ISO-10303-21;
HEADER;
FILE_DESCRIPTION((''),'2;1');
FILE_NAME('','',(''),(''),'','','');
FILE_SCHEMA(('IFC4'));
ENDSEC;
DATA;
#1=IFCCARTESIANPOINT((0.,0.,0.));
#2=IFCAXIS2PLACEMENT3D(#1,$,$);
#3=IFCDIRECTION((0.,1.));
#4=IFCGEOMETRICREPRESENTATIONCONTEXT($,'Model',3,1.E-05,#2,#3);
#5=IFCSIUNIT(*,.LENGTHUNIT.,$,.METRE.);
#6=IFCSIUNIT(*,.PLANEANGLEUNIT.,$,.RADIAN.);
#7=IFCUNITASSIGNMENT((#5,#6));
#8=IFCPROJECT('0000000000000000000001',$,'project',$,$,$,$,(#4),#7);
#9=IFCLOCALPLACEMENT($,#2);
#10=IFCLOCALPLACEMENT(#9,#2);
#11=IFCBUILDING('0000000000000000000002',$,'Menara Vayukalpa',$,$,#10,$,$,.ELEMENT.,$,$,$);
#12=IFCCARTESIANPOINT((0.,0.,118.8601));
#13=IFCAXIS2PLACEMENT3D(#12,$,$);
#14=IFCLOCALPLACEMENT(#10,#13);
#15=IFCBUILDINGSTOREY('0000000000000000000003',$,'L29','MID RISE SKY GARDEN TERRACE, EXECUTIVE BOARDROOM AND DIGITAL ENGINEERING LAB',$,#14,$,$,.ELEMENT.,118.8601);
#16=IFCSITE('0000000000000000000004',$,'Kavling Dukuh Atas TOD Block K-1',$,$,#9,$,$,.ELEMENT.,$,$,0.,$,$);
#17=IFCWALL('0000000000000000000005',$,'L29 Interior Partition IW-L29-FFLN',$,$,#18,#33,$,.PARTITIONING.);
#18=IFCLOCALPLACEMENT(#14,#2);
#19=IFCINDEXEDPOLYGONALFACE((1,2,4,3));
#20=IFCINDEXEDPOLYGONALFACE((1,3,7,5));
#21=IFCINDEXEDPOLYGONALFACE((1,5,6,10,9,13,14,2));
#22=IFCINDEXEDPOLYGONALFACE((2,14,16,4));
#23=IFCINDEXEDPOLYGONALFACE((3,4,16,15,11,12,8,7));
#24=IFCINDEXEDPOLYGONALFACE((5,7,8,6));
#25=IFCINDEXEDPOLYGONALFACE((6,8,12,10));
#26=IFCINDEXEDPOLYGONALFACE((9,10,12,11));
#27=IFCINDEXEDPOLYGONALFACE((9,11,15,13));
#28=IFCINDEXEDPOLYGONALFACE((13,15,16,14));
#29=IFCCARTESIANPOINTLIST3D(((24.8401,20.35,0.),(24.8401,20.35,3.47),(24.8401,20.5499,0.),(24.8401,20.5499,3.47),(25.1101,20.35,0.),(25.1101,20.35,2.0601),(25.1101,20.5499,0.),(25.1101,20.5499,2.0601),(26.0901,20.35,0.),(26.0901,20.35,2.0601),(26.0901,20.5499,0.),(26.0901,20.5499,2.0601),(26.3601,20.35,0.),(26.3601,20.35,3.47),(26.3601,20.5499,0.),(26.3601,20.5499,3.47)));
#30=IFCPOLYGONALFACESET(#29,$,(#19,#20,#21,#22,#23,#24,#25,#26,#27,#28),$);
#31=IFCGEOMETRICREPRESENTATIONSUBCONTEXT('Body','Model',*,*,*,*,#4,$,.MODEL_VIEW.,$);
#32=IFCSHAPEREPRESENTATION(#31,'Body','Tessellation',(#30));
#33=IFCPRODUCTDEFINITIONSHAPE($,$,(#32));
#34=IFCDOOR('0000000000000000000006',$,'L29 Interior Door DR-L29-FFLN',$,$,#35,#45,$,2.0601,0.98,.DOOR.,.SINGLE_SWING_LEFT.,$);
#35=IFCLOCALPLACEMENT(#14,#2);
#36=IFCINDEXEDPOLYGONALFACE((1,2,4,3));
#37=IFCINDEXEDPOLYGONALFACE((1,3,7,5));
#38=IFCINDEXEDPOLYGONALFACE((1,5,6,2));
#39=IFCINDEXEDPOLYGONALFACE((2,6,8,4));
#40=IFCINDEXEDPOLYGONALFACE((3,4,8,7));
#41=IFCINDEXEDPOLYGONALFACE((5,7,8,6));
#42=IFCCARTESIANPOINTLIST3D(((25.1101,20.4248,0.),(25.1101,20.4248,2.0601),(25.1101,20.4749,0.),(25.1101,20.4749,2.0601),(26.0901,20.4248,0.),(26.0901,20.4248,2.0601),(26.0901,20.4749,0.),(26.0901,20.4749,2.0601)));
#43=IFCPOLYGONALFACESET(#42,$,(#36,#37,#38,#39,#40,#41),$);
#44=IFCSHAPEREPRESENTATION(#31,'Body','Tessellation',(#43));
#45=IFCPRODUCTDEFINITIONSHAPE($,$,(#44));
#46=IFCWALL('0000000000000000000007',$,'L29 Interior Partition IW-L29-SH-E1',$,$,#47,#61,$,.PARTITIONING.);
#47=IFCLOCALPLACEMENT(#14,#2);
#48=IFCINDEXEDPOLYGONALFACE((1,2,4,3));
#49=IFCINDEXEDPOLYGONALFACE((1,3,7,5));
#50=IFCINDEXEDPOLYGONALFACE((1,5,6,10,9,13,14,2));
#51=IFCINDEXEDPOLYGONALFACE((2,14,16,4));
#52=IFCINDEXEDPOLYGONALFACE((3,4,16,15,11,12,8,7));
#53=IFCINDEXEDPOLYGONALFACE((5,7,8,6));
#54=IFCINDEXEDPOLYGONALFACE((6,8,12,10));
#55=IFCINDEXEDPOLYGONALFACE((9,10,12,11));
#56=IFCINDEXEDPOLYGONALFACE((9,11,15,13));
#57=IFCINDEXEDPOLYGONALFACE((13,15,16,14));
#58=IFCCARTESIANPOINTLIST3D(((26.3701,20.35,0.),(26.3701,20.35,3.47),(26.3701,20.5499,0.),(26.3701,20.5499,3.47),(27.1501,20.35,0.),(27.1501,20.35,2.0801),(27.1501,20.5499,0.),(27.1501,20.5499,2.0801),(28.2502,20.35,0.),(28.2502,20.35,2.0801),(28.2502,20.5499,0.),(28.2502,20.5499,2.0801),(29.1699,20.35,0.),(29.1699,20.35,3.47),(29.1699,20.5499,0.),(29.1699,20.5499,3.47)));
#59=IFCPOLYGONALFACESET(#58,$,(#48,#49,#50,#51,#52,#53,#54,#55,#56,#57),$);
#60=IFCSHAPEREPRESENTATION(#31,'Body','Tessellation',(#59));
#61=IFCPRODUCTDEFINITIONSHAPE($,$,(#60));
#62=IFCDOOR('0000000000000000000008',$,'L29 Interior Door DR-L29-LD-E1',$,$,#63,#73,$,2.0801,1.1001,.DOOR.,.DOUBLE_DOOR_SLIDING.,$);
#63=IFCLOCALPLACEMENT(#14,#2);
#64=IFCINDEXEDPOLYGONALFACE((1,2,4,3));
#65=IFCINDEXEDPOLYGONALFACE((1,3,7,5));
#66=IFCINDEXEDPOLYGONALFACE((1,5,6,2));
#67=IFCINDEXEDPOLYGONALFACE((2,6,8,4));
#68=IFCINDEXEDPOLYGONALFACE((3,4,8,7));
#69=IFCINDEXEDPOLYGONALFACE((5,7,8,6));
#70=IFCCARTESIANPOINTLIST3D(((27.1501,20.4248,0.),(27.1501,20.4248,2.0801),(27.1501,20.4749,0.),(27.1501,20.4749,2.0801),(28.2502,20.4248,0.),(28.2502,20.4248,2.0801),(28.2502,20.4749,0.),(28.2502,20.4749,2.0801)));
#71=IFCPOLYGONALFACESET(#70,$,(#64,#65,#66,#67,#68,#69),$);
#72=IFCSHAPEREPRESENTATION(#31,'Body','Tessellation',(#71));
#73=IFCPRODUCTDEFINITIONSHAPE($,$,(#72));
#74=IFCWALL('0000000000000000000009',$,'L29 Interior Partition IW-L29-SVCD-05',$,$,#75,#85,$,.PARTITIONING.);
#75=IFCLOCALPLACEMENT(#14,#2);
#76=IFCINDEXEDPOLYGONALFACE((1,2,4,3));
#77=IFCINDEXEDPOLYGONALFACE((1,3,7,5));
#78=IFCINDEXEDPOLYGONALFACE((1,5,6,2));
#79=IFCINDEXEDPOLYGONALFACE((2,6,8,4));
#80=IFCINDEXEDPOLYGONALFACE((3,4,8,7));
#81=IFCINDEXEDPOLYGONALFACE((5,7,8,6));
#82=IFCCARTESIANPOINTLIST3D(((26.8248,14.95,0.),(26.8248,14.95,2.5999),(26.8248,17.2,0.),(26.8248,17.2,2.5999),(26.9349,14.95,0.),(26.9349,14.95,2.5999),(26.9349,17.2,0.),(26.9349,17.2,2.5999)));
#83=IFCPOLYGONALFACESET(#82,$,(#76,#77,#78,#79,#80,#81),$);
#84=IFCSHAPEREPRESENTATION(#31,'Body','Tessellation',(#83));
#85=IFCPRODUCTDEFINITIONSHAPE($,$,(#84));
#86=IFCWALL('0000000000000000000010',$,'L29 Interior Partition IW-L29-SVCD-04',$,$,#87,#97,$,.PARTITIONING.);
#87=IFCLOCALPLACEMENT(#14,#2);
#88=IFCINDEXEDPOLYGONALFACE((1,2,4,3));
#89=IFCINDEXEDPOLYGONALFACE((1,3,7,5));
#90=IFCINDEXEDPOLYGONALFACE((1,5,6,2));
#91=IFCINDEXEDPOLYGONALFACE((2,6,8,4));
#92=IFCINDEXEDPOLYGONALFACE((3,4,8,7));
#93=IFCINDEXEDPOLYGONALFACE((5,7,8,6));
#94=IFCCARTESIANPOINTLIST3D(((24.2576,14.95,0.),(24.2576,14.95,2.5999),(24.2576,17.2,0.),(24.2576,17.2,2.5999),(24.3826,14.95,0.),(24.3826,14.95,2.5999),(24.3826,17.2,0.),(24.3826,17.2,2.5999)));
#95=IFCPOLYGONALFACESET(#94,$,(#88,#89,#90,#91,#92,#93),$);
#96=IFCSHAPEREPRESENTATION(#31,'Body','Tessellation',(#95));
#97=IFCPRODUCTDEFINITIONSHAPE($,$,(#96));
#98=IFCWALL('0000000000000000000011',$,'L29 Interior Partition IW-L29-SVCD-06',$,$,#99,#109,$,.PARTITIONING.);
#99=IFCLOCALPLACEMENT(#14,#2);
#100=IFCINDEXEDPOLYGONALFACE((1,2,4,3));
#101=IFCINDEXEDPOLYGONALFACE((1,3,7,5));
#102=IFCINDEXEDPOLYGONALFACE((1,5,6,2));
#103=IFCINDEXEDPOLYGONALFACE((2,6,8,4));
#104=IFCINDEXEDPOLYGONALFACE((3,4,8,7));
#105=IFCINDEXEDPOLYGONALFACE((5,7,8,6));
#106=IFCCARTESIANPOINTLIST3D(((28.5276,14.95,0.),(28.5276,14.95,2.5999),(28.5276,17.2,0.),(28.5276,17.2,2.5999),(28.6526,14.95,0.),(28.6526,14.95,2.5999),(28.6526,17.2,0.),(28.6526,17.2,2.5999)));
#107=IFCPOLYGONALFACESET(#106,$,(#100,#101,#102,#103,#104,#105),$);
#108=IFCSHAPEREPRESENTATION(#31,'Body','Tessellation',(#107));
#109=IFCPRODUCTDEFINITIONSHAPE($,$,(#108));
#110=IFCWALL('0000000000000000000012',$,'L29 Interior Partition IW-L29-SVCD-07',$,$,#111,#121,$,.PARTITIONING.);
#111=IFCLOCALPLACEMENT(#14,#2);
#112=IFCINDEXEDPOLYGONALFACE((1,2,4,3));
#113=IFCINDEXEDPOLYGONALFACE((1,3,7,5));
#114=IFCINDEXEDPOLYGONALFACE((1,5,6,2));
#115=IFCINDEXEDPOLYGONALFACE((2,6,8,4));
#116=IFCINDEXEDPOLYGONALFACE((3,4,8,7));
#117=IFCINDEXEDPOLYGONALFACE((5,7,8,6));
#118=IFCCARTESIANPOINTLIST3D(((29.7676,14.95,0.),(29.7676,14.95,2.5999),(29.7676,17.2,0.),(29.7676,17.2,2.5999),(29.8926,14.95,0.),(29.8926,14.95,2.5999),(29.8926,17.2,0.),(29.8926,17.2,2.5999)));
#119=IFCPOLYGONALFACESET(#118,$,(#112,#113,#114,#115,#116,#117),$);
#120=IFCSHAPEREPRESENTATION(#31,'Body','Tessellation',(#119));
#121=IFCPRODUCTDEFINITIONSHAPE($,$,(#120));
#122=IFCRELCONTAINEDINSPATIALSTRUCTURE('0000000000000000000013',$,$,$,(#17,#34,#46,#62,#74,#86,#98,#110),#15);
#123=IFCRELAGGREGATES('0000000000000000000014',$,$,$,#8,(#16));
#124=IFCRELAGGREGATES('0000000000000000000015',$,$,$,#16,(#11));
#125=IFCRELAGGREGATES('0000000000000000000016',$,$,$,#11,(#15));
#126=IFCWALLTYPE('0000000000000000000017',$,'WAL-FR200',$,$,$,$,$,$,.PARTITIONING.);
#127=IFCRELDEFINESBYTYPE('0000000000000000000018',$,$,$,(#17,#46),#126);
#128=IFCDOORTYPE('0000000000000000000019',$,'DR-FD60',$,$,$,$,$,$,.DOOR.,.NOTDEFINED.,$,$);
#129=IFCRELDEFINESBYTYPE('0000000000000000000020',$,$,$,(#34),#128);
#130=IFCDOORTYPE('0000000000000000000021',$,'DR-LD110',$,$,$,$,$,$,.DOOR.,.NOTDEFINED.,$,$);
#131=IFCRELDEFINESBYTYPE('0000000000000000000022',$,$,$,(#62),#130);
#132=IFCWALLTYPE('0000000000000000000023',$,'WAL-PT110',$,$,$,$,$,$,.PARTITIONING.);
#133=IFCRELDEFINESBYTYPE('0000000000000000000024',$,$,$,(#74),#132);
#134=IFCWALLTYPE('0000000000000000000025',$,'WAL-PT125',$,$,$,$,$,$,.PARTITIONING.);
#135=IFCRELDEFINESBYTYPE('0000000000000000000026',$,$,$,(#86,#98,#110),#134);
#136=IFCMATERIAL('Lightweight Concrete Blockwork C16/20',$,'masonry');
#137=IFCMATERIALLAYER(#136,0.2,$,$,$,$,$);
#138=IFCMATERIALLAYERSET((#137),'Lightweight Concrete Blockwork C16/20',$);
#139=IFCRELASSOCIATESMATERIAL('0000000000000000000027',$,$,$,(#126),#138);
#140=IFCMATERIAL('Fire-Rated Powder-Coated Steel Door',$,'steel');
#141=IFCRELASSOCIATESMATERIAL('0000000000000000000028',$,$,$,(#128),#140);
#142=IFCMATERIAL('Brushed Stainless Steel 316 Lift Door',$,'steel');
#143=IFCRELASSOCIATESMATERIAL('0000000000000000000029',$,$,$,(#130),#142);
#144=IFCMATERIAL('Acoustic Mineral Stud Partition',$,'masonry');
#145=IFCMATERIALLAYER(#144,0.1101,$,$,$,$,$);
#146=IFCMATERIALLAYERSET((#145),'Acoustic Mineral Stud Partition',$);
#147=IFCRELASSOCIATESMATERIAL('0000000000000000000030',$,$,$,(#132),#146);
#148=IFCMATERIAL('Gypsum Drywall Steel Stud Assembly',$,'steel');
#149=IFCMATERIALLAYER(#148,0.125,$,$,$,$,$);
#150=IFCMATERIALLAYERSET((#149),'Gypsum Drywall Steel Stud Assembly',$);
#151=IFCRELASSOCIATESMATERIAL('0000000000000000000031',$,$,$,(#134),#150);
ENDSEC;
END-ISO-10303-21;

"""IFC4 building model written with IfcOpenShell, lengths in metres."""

from ifc_helpers import new_model, si_unit, direction, frame, frame_2d, origin, place, context, subcontext, project, spatial, rectangle, extrude, material, layer, layer_set, type_object, element, fill, save


model = new_model("IFC4")

# Units and contexts
model_context = context("Model", 3, precision=1e-05, world=origin(), true_north=direction((0.0, 1.0)))
body_context = subcontext(model_context, "Body", "Model", "MODEL_VIEW")
ifc_project = project(units=[si_unit("LENGTHUNIT", "METRE"), si_unit("PLANEANGLEUNIT", "RADIAN")], contexts=[model_context])

# Site, building, storey
site_placement = place(None, origin())
site = spatial("IfcSite", under=ifc_project, at=site_placement, Name="Kavling Dukuh Atas TOD Block K-1", CompositionType="ELEMENT", RefElevation=0.0)
building_placement = place(site_placement, origin())
building = spatial("IfcBuilding", under=site, at=building_placement, Name="Menara Vayukalpa", CompositionType="ELEMENT")
storey_placement = place(building_placement, frame((0.0, 0.0, 118.8601)))
storey = spatial("IfcBuildingStorey", under=building, at=storey_placement, Name="L29", Description="MID RISE SKY GARDEN TERRACE, EXECUTIVE BOARDROOM AND DIGITAL ENGINEERING LAB", CompositionType="ELEMENT", Elevation=118.8601)

# Walls, openings, doors
ifc_material_1 = material(Name="Lightweight Concrete Blockwork C16/20", Category="masonry")
ifc_layer_1 = layer(ifc_material_1, 0.2)
ifc_layer_set_1 = layer_set([ifc_layer_1], Name="Lightweight Concrete Blockwork C16/20")
wall_type_1 = type_object("IfcWallType", Name="WAL-FR200", PredefinedType="PARTITIONING", material=ifc_layer_set_1)
wall_1_placement = place(storey_placement, frame((24.8401, 20.45, 0.0), z_axis=(0.0, 0.0, 1.0), x_axis=(1.0, 0.0, 0.0)))
wall_1 = element("IfcWall", 1, at=wall_1_placement, inside=storey, type_object=wall_type_1, Name="L29 Interior Partition IW-L29-FFLN", PredefinedType="PARTITIONING", context=body_context, shape_type="SweptSolid", body=[
    extrude(rectangle(XDim=1.52, YDim=0.2, at=frame_2d((0.76, 0.0))), origin(), (0.0, 0.0, 1.0), 3.47),
])
opening_1_placement = place(wall_1_placement, frame((0.27, 0.0, 0.0)))
opening_1 = element("IfcOpeningElement", 2, at=opening_1_placement, cuts=wall_1, PredefinedType="OPENING", context=body_context, shape_type="SweptSolid", body=[
    extrude(rectangle(XDim=0.98, YDim=2.0601, at=frame_2d((0.49, 1.03))), frame((0.0, 0.1099, 0.0), z_axis=(0.0, -1.0, 0.0), x_axis=(1.0, 0.0, 0.0)), (0.0, 0.0, 1.0), 0.22),
])
ifc_material_2 = material(Name="Fire-Rated Powder-Coated Steel Door", Category="steel")
door_type_1 = type_object("IfcDoorType", Name="DR-FD60", OperationType="NOTDEFINED", PredefinedType="DOOR", material=ifc_material_2)
door_1_placement = place(opening_1_placement, origin())
door_1 = element("IfcDoor", 3, at=door_1_placement, inside=storey, type_object=door_type_1, Name="L29 Interior Door DR-L29-FFLN", OperationType="SINGLE_SWING_LEFT", OverallHeight=2.0601, OverallWidth=0.98, PredefinedType="DOOR", context=body_context, shape_type="SweptSolid", body=[
    extrude(rectangle(XDim=0.98, YDim=2.0601, at=frame_2d((0.49, 1.03))), frame((0.0, 0.0249, 0.0), z_axis=(0.0, -1.0, 0.0), x_axis=(1.0, 0.0, 0.0)), (0.0, 0.0, 1.0), 0.05),
])
fill(opening_1, door_1)
wall_2_placement = place(storey_placement, frame((26.3701, 20.45, 0.0), z_axis=(0.0, 0.0, 1.0), x_axis=(1.0, 0.0, 0.0)))
wall_2 = element("IfcWall", 4, at=wall_2_placement, inside=storey, type_object=wall_type_1, Name="L29 Interior Partition IW-L29-SH-E1", PredefinedType="PARTITIONING", context=body_context, shape_type="SweptSolid", body=[
    extrude(rectangle(XDim=2.7998, YDim=0.2, at=frame_2d((1.3999, 0.0))), origin(), (0.0, 0.0, 1.0), 3.47),
])
opening_2_placement = place(wall_2_placement, frame((0.78, 0.0, 0.0)))
opening_2 = element("IfcOpeningElement", 5, at=opening_2_placement, cuts=wall_2, PredefinedType="OPENING", context=body_context, shape_type="SweptSolid", body=[
    extrude(rectangle(XDim=1.1001, YDim=2.0801, at=frame_2d((0.55, 1.04))), frame((0.0, 0.1099, 0.0), z_axis=(0.0, -1.0, 0.0), x_axis=(1.0, 0.0, 0.0)), (0.0, 0.0, 1.0), 0.22),
])
ifc_material_3 = material(Name="Brushed Stainless Steel 316 Lift Door", Category="steel")
door_type_2 = type_object("IfcDoorType", Name="DR-LD110", OperationType="NOTDEFINED", PredefinedType="DOOR", material=ifc_material_3)
door_2_placement = place(opening_2_placement, origin())
door_2 = element("IfcDoor", 6, at=door_2_placement, inside=storey, type_object=door_type_2, Name="L29 Interior Door DR-L29-LD-E1", OperationType="DOUBLE_DOOR_SLIDING", OverallHeight=2.0801, OverallWidth=1.1001, PredefinedType="DOOR", context=body_context, shape_type="SweptSolid", body=[
    extrude(rectangle(XDim=1.1001, YDim=2.0801, at=frame_2d((0.55, 1.04))), frame((0.0, 0.0249, 0.0), z_axis=(0.0, -1.0, 0.0), x_axis=(1.0, 0.0, 0.0)), (0.0, 0.0, 1.0), 0.05),
])
fill(opening_2, door_2)

# Walls
ifc_material_4 = material(Name="Acoustic Mineral Stud Partition", Category="masonry")
ifc_layer_2 = layer(ifc_material_4, 0.1101)
ifc_layer_set_2 = layer_set([ifc_layer_2], Name="Acoustic Mineral Stud Partition")
wall_type_2 = type_object("IfcWallType", Name="WAL-PT110", PredefinedType="PARTITIONING", material=ifc_layer_set_2)
wall_3_placement = place(storey_placement, frame((26.8799, 14.95, 0.0), z_axis=(0.0, 0.0, 1.0), x_axis=(0.0, 1.0, 0.0)))
element("IfcWall", 7, at=wall_3_placement, inside=storey, type_object=wall_type_2, Name="L29 Interior Partition IW-L29-SVCD-05", PredefinedType="PARTITIONING", context=body_context, shape_type="SweptSolid", body=[
    extrude(rectangle(XDim=2.25, YDim=0.1101, at=frame_2d((1.125, 0.0))), origin(), (0.0, 0.0, 1.0), 2.5999),
])
ifc_material_5 = material(Name="Gypsum Drywall Steel Stud Assembly", Category="steel")
ifc_layer_3 = layer(ifc_material_5, 0.125)
ifc_layer_set_3 = layer_set([ifc_layer_3], Name="Gypsum Drywall Steel Stud Assembly")
wall_type_3 = type_object("IfcWallType", Name="WAL-PT125", PredefinedType="PARTITIONING", material=ifc_layer_set_3)
for number, where, z_axis, x_axis, name in (
    (8, (24.3201, 14.95, 0.0), (0.0, 0.0, 1.0), (0.0, 1.0, 0.0), "L29 Interior Partition IW-L29-SVCD-04"),
    (9, (28.5901, 14.95, 0.0), (0.0, 0.0, 1.0), (0.0, 1.0, 0.0), "L29 Interior Partition IW-L29-SVCD-06"),
    (10, (29.8301, 14.95, 0.0), (0.0, 0.0, 1.0), (0.0, 1.0, 0.0), "L29 Interior Partition IW-L29-SVCD-07"),
):
    element("IfcWall", number, at=place(storey_placement, frame(where, z_axis=z_axis, x_axis=x_axis)), inside=storey, type_object=wall_type_3, Name=name, PredefinedType="PARTITIONING", context=body_context, shape_type="SweptSolid", body=[
        extrude(rectangle(XDim=2.25, YDim=0.125, at=frame_2d((1.125, 0.0))), origin(), (0.0, 0.0, 1.0), 2.5999),
    ])

save(model, "model.ifc")
